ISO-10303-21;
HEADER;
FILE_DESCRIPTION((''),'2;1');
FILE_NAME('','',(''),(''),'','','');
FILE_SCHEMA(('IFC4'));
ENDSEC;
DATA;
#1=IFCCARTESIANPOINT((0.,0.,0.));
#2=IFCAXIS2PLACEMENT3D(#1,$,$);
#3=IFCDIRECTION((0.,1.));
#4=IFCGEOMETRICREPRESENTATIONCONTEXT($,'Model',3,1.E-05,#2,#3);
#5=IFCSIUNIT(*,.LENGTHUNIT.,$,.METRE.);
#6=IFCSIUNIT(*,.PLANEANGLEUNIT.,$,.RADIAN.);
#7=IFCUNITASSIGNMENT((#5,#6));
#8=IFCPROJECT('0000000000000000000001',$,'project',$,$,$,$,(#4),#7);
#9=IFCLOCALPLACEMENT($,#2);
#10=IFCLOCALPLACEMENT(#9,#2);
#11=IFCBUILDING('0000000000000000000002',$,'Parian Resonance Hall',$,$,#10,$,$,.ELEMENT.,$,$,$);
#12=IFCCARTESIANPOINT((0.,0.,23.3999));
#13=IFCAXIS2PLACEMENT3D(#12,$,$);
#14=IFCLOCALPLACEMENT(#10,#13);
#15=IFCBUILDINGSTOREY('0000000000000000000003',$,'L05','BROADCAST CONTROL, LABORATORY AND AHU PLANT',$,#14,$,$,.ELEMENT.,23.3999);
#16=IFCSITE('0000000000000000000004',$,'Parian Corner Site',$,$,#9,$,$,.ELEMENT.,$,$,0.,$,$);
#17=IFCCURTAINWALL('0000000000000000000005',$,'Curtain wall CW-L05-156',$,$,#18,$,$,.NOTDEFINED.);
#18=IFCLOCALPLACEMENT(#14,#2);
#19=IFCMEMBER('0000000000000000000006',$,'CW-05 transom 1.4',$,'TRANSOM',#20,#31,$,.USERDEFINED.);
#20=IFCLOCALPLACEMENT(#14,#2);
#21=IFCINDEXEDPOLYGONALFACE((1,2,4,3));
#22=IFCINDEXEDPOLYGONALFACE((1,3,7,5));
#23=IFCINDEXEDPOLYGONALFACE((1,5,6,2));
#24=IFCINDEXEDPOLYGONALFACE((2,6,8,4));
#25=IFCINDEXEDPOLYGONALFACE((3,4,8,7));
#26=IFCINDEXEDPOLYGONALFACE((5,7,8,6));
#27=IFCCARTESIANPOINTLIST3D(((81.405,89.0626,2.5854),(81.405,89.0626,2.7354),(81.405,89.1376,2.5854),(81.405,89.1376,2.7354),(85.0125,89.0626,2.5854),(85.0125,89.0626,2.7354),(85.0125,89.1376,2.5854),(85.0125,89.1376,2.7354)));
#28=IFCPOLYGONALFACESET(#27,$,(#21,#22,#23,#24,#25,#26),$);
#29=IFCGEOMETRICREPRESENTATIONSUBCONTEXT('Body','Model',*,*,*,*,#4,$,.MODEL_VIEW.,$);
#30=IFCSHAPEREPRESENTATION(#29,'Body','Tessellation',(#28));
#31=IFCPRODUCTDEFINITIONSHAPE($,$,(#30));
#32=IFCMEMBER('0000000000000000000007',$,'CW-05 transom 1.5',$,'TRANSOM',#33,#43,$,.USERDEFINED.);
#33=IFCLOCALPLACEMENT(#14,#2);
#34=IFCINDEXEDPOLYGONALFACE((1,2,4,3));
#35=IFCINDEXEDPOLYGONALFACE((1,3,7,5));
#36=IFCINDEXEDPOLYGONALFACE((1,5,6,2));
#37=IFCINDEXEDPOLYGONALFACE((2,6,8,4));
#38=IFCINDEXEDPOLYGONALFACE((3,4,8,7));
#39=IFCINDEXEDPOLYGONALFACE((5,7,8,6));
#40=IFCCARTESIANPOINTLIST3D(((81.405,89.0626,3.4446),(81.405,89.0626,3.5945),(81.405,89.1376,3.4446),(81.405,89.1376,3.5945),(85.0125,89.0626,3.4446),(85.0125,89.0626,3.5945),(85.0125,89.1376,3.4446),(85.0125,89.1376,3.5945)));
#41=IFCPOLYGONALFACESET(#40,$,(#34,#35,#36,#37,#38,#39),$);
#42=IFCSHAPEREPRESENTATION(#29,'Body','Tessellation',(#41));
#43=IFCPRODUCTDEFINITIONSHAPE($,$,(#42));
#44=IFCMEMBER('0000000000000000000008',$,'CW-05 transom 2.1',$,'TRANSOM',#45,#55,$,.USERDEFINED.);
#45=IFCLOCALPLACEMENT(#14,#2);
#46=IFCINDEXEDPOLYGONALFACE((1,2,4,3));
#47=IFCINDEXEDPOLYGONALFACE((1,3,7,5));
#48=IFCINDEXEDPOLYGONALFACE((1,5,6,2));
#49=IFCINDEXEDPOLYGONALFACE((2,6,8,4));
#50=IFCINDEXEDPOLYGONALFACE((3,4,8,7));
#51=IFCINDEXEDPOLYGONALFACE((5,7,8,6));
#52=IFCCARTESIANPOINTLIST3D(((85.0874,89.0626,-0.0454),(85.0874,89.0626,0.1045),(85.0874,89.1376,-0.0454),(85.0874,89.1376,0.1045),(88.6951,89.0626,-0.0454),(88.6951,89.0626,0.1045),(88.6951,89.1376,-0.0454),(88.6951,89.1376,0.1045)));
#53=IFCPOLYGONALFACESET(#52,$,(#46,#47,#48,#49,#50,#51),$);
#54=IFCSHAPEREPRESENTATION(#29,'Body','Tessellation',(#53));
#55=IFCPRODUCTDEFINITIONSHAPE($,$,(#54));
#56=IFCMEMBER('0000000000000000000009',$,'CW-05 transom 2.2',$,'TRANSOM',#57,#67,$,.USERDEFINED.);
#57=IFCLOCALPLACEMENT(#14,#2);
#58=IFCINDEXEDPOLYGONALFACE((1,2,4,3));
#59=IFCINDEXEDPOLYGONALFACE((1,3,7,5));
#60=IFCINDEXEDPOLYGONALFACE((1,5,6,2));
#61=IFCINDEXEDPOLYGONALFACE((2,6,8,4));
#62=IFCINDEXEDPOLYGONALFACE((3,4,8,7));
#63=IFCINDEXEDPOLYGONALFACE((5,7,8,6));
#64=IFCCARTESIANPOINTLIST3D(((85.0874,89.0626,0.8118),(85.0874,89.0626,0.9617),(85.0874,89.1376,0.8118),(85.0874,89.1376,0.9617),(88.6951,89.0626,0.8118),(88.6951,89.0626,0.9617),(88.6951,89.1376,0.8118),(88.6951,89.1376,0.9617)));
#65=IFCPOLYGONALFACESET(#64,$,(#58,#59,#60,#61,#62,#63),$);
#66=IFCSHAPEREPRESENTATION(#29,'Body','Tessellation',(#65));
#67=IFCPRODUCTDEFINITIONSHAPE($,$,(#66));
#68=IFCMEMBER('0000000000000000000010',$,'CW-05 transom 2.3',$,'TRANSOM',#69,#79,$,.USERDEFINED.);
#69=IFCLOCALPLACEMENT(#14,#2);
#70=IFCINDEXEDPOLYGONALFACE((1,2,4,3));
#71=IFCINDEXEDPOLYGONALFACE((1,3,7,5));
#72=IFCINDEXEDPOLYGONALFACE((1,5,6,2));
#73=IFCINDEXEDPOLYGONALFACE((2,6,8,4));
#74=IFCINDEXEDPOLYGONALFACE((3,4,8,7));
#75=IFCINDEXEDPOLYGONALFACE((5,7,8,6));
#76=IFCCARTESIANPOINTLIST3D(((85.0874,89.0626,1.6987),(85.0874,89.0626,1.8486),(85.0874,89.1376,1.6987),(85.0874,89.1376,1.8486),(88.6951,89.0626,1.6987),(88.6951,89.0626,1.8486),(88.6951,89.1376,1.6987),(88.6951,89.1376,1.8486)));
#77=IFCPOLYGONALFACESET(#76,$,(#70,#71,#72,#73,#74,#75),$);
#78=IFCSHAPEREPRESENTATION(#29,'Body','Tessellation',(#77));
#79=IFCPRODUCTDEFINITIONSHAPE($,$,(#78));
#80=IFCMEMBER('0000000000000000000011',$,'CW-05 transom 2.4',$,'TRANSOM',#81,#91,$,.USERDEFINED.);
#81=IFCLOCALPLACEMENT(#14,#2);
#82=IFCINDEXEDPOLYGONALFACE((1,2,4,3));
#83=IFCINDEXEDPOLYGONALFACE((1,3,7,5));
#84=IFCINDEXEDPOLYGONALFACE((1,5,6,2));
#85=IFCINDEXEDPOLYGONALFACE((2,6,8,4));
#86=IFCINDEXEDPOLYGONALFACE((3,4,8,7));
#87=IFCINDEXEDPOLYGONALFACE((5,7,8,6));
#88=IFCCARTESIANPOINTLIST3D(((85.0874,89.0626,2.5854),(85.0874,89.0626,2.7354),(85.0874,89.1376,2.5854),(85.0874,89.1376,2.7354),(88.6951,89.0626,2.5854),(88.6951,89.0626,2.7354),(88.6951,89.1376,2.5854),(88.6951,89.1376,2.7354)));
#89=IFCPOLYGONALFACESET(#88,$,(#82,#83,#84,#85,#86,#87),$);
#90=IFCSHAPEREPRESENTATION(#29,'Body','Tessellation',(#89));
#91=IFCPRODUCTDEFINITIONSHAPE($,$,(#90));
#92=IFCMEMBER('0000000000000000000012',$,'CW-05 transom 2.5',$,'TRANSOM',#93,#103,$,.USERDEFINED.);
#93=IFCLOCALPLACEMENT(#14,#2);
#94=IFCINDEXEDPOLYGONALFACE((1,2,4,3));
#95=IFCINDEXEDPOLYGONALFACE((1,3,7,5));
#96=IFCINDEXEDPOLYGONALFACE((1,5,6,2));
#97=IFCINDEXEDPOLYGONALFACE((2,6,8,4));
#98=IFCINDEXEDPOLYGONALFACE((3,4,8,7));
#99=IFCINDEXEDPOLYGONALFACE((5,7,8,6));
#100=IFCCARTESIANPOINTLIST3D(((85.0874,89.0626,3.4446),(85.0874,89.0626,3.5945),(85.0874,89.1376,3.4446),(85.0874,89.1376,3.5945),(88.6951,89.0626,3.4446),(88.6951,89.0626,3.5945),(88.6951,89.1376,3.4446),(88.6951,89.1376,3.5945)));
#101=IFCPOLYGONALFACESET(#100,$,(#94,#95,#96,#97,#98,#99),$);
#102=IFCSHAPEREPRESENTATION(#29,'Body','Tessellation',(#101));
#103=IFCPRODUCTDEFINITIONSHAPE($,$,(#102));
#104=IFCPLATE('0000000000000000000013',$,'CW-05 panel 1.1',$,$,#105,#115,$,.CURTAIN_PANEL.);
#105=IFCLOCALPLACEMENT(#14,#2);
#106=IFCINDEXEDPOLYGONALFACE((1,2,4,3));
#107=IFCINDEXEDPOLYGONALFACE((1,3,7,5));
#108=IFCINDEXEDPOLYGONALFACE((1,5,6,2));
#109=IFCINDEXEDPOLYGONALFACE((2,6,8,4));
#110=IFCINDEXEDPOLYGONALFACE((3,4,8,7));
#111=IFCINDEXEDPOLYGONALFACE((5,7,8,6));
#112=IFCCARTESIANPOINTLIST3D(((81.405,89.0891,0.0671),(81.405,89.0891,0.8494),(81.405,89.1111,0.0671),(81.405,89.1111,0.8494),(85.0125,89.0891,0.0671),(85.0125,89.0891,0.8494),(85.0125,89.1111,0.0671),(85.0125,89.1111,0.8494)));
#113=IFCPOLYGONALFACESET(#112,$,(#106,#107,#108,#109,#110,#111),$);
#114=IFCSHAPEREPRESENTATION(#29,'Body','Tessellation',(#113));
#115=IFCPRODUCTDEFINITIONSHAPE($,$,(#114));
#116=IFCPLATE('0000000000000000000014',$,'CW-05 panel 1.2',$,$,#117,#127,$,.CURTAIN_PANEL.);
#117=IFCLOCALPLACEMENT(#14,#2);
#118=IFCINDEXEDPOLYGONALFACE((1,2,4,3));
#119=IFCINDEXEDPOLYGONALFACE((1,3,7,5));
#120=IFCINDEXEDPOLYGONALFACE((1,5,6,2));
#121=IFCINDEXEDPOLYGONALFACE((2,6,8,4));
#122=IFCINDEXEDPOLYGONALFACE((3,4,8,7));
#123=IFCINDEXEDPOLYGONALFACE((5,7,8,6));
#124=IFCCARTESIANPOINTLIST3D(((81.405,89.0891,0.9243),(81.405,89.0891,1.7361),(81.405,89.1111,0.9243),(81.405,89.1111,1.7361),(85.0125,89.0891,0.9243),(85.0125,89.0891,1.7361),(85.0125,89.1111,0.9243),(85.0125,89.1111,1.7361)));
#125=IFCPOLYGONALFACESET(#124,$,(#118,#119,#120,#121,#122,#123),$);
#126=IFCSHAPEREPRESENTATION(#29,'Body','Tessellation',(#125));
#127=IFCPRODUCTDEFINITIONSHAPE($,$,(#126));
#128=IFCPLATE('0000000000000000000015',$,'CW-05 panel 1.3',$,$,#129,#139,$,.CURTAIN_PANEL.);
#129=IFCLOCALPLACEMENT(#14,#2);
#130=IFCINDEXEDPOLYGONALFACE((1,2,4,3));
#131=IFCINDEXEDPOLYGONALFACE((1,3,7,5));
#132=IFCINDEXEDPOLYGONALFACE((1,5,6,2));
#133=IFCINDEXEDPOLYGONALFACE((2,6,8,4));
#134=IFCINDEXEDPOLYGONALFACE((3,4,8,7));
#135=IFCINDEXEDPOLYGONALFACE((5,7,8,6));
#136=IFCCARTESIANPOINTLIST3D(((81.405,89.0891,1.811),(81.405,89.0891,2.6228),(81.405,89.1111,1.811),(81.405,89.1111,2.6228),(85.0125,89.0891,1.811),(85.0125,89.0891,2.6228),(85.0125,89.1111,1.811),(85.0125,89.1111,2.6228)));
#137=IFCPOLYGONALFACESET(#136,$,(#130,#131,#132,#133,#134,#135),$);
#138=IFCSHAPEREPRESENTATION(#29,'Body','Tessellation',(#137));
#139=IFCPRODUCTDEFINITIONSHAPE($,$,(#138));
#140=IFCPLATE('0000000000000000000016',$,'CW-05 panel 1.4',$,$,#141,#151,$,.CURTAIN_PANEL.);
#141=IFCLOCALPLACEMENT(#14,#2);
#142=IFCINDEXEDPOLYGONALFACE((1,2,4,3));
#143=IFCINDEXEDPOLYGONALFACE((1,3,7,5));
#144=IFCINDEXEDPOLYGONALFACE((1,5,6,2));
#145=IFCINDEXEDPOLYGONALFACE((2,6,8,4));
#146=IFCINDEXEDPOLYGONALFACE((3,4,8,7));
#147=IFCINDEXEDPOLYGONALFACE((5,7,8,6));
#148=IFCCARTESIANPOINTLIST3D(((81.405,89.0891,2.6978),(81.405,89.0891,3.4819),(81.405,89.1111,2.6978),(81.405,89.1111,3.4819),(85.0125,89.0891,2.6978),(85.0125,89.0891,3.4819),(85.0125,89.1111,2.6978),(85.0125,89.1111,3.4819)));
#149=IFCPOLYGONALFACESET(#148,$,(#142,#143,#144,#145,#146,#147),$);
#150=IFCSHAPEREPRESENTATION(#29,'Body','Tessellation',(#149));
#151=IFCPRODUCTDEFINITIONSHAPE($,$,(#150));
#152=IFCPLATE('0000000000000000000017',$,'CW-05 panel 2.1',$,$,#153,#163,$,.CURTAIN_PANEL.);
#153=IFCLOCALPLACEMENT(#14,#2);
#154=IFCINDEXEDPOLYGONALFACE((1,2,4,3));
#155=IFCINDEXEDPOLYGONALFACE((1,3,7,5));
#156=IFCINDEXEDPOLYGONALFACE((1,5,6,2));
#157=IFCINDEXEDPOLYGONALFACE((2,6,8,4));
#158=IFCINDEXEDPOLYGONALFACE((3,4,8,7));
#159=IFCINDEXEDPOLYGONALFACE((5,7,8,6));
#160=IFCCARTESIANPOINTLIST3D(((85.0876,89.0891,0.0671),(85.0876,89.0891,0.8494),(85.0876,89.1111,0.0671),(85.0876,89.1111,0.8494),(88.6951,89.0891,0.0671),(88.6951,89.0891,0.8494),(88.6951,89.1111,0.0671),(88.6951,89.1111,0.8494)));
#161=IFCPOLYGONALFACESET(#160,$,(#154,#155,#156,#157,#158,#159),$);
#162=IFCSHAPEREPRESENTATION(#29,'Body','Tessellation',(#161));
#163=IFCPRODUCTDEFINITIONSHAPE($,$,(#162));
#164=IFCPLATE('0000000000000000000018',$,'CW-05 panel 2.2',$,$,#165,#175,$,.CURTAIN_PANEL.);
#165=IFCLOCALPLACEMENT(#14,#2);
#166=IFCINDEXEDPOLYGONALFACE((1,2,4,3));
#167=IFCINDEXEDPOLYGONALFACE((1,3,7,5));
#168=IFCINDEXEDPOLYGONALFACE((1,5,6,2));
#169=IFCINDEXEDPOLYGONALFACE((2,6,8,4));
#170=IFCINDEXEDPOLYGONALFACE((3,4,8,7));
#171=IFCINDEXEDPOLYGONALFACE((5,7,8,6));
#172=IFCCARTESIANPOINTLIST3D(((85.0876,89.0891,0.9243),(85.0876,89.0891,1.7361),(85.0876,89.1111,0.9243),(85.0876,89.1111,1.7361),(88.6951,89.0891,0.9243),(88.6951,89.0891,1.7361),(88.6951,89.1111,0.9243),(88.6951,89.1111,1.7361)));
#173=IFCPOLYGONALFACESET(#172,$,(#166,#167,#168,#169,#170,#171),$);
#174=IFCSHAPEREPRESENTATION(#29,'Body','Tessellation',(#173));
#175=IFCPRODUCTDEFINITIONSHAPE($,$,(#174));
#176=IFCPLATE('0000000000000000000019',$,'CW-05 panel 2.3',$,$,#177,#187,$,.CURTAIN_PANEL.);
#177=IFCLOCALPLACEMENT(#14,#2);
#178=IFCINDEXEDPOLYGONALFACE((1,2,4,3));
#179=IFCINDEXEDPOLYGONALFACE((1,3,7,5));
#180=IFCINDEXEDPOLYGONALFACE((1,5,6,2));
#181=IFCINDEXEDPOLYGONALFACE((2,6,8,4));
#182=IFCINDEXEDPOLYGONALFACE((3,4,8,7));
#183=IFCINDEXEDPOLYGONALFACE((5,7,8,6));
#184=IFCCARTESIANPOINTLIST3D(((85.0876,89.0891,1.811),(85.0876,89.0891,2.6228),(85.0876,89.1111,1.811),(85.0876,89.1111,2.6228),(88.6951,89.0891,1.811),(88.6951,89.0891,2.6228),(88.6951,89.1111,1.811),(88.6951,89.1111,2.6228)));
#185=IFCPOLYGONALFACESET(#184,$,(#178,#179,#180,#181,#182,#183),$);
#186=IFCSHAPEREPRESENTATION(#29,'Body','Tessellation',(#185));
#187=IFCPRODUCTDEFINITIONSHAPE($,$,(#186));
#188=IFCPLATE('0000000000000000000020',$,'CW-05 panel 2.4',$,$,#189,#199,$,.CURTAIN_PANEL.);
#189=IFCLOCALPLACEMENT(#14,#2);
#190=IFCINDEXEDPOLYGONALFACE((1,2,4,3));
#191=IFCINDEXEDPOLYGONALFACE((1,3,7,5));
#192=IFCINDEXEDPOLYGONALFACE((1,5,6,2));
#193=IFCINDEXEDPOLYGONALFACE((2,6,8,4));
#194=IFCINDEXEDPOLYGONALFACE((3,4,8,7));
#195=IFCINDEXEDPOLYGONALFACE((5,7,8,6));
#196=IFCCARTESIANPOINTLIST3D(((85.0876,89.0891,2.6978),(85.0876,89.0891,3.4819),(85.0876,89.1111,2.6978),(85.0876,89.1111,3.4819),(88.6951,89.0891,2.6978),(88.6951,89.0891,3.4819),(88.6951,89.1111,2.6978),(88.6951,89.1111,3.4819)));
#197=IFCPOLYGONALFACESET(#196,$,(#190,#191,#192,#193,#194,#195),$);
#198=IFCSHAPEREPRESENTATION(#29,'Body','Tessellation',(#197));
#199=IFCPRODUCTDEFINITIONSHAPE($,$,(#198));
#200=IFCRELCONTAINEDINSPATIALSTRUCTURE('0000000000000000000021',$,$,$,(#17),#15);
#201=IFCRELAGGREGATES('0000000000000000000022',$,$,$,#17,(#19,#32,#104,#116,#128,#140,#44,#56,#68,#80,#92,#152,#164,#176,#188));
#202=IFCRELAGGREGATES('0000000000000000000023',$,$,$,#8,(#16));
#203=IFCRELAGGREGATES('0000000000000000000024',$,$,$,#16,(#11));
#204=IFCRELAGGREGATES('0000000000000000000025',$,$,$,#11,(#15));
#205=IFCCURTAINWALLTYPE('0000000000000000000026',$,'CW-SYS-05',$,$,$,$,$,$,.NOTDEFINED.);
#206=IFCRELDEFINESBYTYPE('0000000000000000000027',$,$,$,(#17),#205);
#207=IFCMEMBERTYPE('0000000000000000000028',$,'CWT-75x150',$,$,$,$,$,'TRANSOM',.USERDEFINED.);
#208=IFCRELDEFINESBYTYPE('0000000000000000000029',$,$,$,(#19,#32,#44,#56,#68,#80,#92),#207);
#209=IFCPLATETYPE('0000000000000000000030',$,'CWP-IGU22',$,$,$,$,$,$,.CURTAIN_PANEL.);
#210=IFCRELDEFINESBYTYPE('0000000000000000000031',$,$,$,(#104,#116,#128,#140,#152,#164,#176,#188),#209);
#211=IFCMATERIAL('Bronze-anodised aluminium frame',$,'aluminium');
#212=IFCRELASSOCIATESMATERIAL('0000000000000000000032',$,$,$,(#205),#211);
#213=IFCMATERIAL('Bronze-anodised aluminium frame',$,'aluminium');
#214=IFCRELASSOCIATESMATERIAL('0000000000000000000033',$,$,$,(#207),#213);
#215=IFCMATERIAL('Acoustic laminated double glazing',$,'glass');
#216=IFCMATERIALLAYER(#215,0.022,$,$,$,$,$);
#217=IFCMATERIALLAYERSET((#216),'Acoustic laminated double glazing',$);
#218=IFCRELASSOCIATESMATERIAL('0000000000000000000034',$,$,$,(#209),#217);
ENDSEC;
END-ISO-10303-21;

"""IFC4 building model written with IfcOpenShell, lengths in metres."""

from ifc_helpers import new_model, si_unit, direction, frame, origin, origin_2d, place, context, subcontext, project, spatial, rectangle, extrude, material, layer, layer_set, material_profile, profile_set, type_object, element, aggregate, save


model = new_model("IFC4")

# Units and contexts
model_context = context("Model", 3, precision=1e-05, world=origin(), true_north=direction((0.0, 1.0)))
body_context = subcontext(model_context, "Body", "Model", "MODEL_VIEW")
ifc_project = project(units=[si_unit("LENGTHUNIT", "METRE"), si_unit("PLANEANGLEUNIT", "RADIAN")], contexts=[model_context])

# Site, building, storey
site_placement = place(None, origin())
site = spatial("IfcSite", under=ifc_project, at=site_placement, Name="Parian Corner Site", CompositionType="ELEMENT", RefElevation=0.0)
building_placement = place(site_placement, origin())
building = spatial("IfcBuilding", under=site, at=building_placement, Name="Parian Resonance Hall", CompositionType="ELEMENT")
storey_placement = place(building_placement, frame((0.0, 0.0, 23.3999)))
storey = spatial("IfcBuildingStorey", under=building, at=storey_placement, Name="L05", Description="BROADCAST CONTROL, LABORATORY AND AHU PLANT", CompositionType="ELEMENT", Elevation=23.3999)

# Curtain wall
ifc_material_1 = material(Name="Bronze-anodised aluminium frame", Category="aluminium")
curtain_wall_type_1 = type_object("IfcCurtainWallType", Name="CW-SYS-05", PredefinedType="NOTDEFINED", material=ifc_material_1)
curtain_wall_1_placement = place(storey_placement, origin())
curtain_wall_1 = element("IfcCurtainWall", 1, at=curtain_wall_1_placement, inside=storey, type_object=curtain_wall_type_1, Name="Curtain wall CW-L05-156", PredefinedType="NOTDEFINED")

# Members
ifc_material_2 = material(Name="Bronze-anodised aluminium frame", Category="aluminium")
ifc_material_profile_1 = material_profile(ifc_material_2, rectangle(XDim=0.075, YDim=0.1499, at=origin_2d()), Name="CWT-75x150")
ifc_profile_set_1 = profile_set([ifc_material_profile_1], Name="Bronze-anodised aluminium frame")
member_type_1 = type_object("IfcMemberType", Name="CWT-75x150", ElementType="TRANSOM", PredefinedType="USERDEFINED", material=ifc_profile_set_1)
member_1_placement = place(storey_placement, frame((81.405, 89.1001, 2.6604), z_axis=(1.0, 0.0, 0.0), x_axis=(0.0, 1.0, 0.0)))
member_1 = element("IfcMember", 2, at=member_1_placement, type_object=member_type_1, Name="CW-05 transom 1.4", ObjectType="TRANSOM", PredefinedType="USERDEFINED", context=body_context, shape_type="SweptSolid", body=[
    extrude(rectangle(XDim=0.075, YDim=0.1499, at=origin_2d()), origin(), (0.0, 0.0, 1.0), 3.6074),
])
member_2_placement = place(storey_placement, frame((81.405, 89.1001, 3.5195), z_axis=(1.0, 0.0, 0.0), x_axis=(0.0, 1.0, 0.0)))
member_2 = element("IfcMember", 3, at=member_2_placement, type_object=member_type_1, Name="CW-05 transom 1.5", ObjectType="TRANSOM", PredefinedType="USERDEFINED", context=body_context, shape_type="SweptSolid", body=[
    extrude(rectangle(XDim=0.075, YDim=0.1499, at=origin_2d()), origin(), (0.0, 0.0, 1.0), 3.6074),
])
member_3_placement = place(storey_placement, frame((85.0874, 89.1001, 0.0295), z_axis=(1.0, 0.0, 0.0), x_axis=(0.0, 1.0, 0.0)))
member_3 = element("IfcMember", 4, at=member_3_placement, type_object=member_type_1, Name="CW-05 transom 2.1", ObjectType="TRANSOM", PredefinedType="USERDEFINED", context=body_context, shape_type="SweptSolid", body=[
    extrude(rectangle(XDim=0.075, YDim=0.1499, at=origin_2d()), origin(), (0.0, 0.0, 1.0), 3.6077),
])
member_4_placement = place(storey_placement, frame((85.0874, 89.1001, 0.8867), z_axis=(1.0, 0.0, 0.0), x_axis=(0.0, 1.0, 0.0)))
member_4 = element("IfcMember", 5, at=member_4_placement, type_object=member_type_1, Name="CW-05 transom 2.2", ObjectType="TRANSOM", PredefinedType="USERDEFINED", context=body_context, shape_type="SweptSolid", body=[
    extrude(rectangle(XDim=0.075, YDim=0.1499, at=origin_2d()), origin(), (0.0, 0.0, 1.0), 3.6077),
])
member_5_placement = place(storey_placement, frame((85.0874, 89.1001, 1.7737), z_axis=(1.0, 0.0, 0.0), x_axis=(0.0, 1.0, 0.0)))
member_5 = element("IfcMember", 6, at=member_5_placement, type_object=member_type_1, Name="CW-05 transom 2.3", ObjectType="TRANSOM", PredefinedType="USERDEFINED", context=body_context, shape_type="SweptSolid", body=[
    extrude(rectangle(XDim=0.075, YDim=0.1499, at=origin_2d()), origin(), (0.0, 0.0, 1.0), 3.6077),
])
member_6_placement = place(storey_placement, frame((85.0874, 89.1001, 2.6604), z_axis=(1.0, 0.0, 0.0), x_axis=(0.0, 1.0, 0.0)))
member_6 = element("IfcMember", 7, at=member_6_placement, type_object=member_type_1, Name="CW-05 transom 2.4", ObjectType="TRANSOM", PredefinedType="USERDEFINED", context=body_context, shape_type="SweptSolid", body=[
    extrude(rectangle(XDim=0.075, YDim=0.1499, at=origin_2d()), origin(), (0.0, 0.0, 1.0), 3.6077),
])
member_7_placement = place(storey_placement, frame((85.0874, 89.1001, 3.5195), z_axis=(1.0, 0.0, 0.0), x_axis=(0.0, 1.0, 0.0)))
member_7 = element("IfcMember", 8, at=member_7_placement, type_object=member_type_1, Name="CW-05 transom 2.5", ObjectType="TRANSOM", PredefinedType="USERDEFINED", context=body_context, shape_type="SweptSolid", body=[
    extrude(rectangle(XDim=0.075, YDim=0.1499, at=origin_2d()), origin(), (0.0, 0.0, 1.0), 3.6077),
])

# Plates
ifc_material_3 = material(Name="Acoustic laminated double glazing", Category="glass")
ifc_layer_1 = layer(ifc_material_3, 0.022)
ifc_layer_set_1 = layer_set([ifc_layer_1], Name="Acoustic laminated double glazing")
plate_type_1 = type_object("IfcPlateType", Name="CWP-IGU22", PredefinedType="CURTAIN_PANEL", material=ifc_layer_set_1)
plate_1_placement = place(storey_placement, frame((83.2087, 89.1001, 0.0671), z_axis=(0.0, 0.0, 1.0), x_axis=(1.0, 0.0, 0.0)))
plate_1 = element("IfcPlate", 9, at=plate_1_placement, type_object=plate_type_1, Name="CW-05 panel 1.1", PredefinedType="CURTAIN_PANEL", context=body_context, shape_type="SweptSolid", body=[
    extrude(rectangle(XDim=3.6074, YDim=0.022, at=origin_2d()), origin(), (0.0, 0.0, 1.0), 0.7822),
])
plate_2_placement = place(storey_placement, frame((83.2087, 89.1001, 0.9243), z_axis=(0.0, 0.0, 1.0), x_axis=(1.0, 0.0, 0.0)))
plate_2 = element("IfcPlate", 10, at=plate_2_placement, type_object=plate_type_1, Name="CW-05 panel 1.2", PredefinedType="CURTAIN_PANEL", context=body_context, shape_type="SweptSolid", body=[
    extrude(rectangle(XDim=3.6074, YDim=0.022, at=origin_2d()), origin(), (0.0, 0.0, 1.0), 0.8118),
])
plate_3_placement = place(storey_placement, frame((83.2087, 89.1001, 1.811), z_axis=(0.0, 0.0, 1.0), x_axis=(1.0, 0.0, 0.0)))
plate_3 = element("IfcPlate", 11, at=plate_3_placement, type_object=plate_type_1, Name="CW-05 panel 1.3", PredefinedType="CURTAIN_PANEL", context=body_context, shape_type="SweptSolid", body=[
    extrude(rectangle(XDim=3.6074, YDim=0.022, at=origin_2d()), origin(), (0.0, 0.0, 1.0), 0.8118),
])
plate_4_placement = place(storey_placement, frame((83.2087, 89.1001, 2.6978), z_axis=(0.0, 0.0, 1.0), x_axis=(1.0, 0.0, 0.0)))
plate_4 = element("IfcPlate", 12, at=plate_4_placement, type_object=plate_type_1, Name="CW-05 panel 1.4", PredefinedType="CURTAIN_PANEL", context=body_context, shape_type="SweptSolid", body=[
    extrude(rectangle(XDim=3.6074, YDim=0.022, at=origin_2d()), origin(), (0.0, 0.0, 1.0), 0.7842),
])
plate_5_placement = place(storey_placement, frame((86.8914, 89.1001, 0.0671), z_axis=(0.0, 0.0, 1.0), x_axis=(1.0, 0.0, 0.0)))
plate_5 = element("IfcPlate", 13, at=plate_5_placement, type_object=plate_type_1, Name="CW-05 panel 2.1", PredefinedType="CURTAIN_PANEL", context=body_context, shape_type="SweptSolid", body=[
    extrude(rectangle(XDim=3.6074, YDim=0.022, at=origin_2d()), origin(), (0.0, 0.0, 1.0), 0.7822),
])
plate_6_placement = place(storey_placement, frame((86.8914, 89.1001, 0.9243), z_axis=(0.0, 0.0, 1.0), x_axis=(1.0, 0.0, 0.0)))
plate_6 = element("IfcPlate", 14, at=plate_6_placement, type_object=plate_type_1, Name="CW-05 panel 2.2", PredefinedType="CURTAIN_PANEL", context=body_context, shape_type="SweptSolid", body=[
    extrude(rectangle(XDim=3.6074, YDim=0.022, at=origin_2d()), origin(), (0.0, 0.0, 1.0), 0.8118),
])
plate_7_placement = place(storey_placement, frame((86.8914, 89.1001, 1.811), z_axis=(0.0, 0.0, 1.0), x_axis=(1.0, 0.0, 0.0)))
plate_7 = element("IfcPlate", 15, at=plate_7_placement, type_object=plate_type_1, Name="CW-05 panel 2.3", PredefinedType="CURTAIN_PANEL", context=body_context, shape_type="SweptSolid", body=[
    extrude(rectangle(XDim=3.6074, YDim=0.022, at=origin_2d()), origin(), (0.0, 0.0, 1.0), 0.8118),
])
plate_8_placement = place(storey_placement, frame((86.8914, 89.1001, 2.6978), z_axis=(0.0, 0.0, 1.0), x_axis=(1.0, 0.0, 0.0)))
plate_8 = element("IfcPlate", 16, at=plate_8_placement, type_object=plate_type_1, Name="CW-05 panel 2.4", PredefinedType="CURTAIN_PANEL", context=body_context, shape_type="SweptSolid", body=[
    extrude(rectangle(XDim=3.6074, YDim=0.022, at=origin_2d()), origin(), (0.0, 0.0, 1.0), 0.7842),
])
aggregate(curtain_wall_1, [member_1, member_2, plate_1, plate_2, plate_3, plate_4, member_3, member_4, member_5, member_6, member_7, plate_5, plate_6, plate_7, plate_8])

save(model, "model.ifc")
